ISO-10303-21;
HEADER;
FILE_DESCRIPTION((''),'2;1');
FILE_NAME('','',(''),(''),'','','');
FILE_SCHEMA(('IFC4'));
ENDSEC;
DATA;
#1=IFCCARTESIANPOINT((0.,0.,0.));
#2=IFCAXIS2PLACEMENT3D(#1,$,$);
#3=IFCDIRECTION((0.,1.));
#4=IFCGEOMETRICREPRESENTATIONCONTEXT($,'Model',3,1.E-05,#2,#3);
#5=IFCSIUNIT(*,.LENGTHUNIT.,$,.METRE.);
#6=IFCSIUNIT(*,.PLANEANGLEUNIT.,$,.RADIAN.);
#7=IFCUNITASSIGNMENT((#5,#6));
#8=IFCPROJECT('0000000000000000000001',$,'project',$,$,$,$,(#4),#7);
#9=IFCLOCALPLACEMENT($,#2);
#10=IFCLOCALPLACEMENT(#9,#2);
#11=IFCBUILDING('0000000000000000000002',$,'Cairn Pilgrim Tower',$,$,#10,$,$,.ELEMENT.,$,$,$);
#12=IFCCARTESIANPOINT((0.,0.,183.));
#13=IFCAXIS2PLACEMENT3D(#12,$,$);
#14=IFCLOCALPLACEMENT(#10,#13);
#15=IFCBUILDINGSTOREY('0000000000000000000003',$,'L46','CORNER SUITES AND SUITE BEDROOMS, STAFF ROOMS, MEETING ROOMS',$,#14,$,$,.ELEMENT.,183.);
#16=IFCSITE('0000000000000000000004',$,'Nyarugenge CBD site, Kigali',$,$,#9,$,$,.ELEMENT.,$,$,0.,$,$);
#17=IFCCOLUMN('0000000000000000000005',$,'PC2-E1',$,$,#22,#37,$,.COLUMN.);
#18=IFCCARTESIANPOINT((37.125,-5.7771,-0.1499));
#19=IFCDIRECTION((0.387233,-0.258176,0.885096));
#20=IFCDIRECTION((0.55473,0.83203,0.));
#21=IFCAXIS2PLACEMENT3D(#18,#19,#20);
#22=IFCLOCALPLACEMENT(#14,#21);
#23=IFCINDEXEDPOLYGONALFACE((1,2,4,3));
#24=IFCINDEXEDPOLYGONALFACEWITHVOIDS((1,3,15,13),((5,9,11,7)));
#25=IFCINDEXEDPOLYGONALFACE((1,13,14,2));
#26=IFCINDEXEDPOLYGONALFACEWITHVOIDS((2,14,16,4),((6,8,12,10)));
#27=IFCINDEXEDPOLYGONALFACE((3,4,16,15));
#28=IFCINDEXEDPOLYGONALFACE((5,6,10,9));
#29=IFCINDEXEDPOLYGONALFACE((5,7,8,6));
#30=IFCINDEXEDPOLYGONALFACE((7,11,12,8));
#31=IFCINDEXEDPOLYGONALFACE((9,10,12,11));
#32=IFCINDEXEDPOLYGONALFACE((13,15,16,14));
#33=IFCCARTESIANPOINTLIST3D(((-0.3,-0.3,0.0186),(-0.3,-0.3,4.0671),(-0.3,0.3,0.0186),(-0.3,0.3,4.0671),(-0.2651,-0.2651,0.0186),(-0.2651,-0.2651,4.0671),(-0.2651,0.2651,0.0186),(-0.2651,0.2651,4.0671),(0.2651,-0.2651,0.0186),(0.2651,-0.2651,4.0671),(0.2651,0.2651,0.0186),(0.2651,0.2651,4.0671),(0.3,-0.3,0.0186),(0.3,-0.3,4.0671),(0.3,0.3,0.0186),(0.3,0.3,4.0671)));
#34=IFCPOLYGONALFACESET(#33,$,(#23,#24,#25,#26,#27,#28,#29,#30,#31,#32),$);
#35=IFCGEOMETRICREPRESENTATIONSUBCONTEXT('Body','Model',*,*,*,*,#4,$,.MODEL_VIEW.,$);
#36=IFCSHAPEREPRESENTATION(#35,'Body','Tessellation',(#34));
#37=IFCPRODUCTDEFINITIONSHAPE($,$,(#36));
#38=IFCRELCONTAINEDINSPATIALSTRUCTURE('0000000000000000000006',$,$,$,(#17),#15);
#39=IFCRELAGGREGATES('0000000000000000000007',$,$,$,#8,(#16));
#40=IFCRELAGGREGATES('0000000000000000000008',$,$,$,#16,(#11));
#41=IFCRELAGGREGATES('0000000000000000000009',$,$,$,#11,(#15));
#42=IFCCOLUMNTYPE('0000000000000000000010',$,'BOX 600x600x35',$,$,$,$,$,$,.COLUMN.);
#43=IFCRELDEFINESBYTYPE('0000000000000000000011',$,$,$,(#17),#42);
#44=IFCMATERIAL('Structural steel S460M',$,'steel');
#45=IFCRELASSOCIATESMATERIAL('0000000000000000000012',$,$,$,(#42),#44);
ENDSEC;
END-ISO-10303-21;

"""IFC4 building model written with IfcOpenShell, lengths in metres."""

from ifc_helpers import new_model, si_unit, direction, frame, origin, origin_2d, place, context, subcontext, project, spatial, hollow_rectangle, extrude, clip, halfspace, material, material_profile, profile_set, type_object, element, save


model = new_model("IFC4")

# Units and contexts
model_context = context("Model", 3, precision=1e-05, world=origin(), true_north=direction((0.0, 1.0)))
body_context = subcontext(model_context, "Body", "Model", "MODEL_VIEW")
ifc_project = project(units=[si_unit("LENGTHUNIT", "METRE"), si_unit("PLANEANGLEUNIT", "RADIAN")], contexts=[model_context])

# Site, building, storey
site_placement = place(None, origin())
site = spatial("IfcSite", under=ifc_project, at=site_placement, Name="Nyarugenge CBD site, Kigali", CompositionType="ELEMENT", RefElevation=0.0)
building_placement = place(site_placement, origin())
building = spatial("IfcBuilding", under=site, at=building_placement, Name="Cairn Pilgrim Tower", CompositionType="ELEMENT")
storey_placement = place(building_placement, frame((0.0, 0.0, 183.0)))
storey = spatial("IfcBuildingStorey", under=building, at=storey_placement, Name="L46", Description="CORNER SUITES AND SUITE BEDROOMS, STAFF ROOMS, MEETING ROOMS", CompositionType="ELEMENT", Elevation=183.0)

# Column
ifc_material_1 = material(Name="Structural steel S460M", Category="steel")
ifc_material_profile_1 = material_profile(ifc_material_1, hollow_rectangle(XDim=0.6001, YDim=0.6001, WallThickness=0.0349, at=origin_2d()), Name="BOX 600x600x35")
ifc_profile_set_1 = profile_set([ifc_material_profile_1], Name="Structural steel S460M")
column_type_1 = type_object("IfcColumnType", Name="BOX 600x600x35", PredefinedType="COLUMN", material=ifc_profile_set_1)
column_1_placement = place(storey_placement, frame((37.125, -5.7771, -0.1499), z_axis=(0.387233, -0.258176, 0.885096), x_axis=(0.55473, 0.83203, 0.0)))
element("IfcColumn", 1, at=column_1_placement, inside=storey, type_object=column_type_1, Name="PC2-E1", PredefinedType="COLUMN", context=body_context, shape_type="Clipping", body=[
    clip(extrude(hollow_rectangle(XDim=0.6001, YDim=0.6001, WallThickness=0.0349, at=origin_2d()), origin(), (0.0, 0.0, 1.0), 4.0671), halfspace(frame((0.0, 0.0, 0.0186), z_axis=(0.0, 0.0, 1.0), x_axis=(1.0, 0.0, 0.0)), True)),
])

save(model, "model.ifc")
